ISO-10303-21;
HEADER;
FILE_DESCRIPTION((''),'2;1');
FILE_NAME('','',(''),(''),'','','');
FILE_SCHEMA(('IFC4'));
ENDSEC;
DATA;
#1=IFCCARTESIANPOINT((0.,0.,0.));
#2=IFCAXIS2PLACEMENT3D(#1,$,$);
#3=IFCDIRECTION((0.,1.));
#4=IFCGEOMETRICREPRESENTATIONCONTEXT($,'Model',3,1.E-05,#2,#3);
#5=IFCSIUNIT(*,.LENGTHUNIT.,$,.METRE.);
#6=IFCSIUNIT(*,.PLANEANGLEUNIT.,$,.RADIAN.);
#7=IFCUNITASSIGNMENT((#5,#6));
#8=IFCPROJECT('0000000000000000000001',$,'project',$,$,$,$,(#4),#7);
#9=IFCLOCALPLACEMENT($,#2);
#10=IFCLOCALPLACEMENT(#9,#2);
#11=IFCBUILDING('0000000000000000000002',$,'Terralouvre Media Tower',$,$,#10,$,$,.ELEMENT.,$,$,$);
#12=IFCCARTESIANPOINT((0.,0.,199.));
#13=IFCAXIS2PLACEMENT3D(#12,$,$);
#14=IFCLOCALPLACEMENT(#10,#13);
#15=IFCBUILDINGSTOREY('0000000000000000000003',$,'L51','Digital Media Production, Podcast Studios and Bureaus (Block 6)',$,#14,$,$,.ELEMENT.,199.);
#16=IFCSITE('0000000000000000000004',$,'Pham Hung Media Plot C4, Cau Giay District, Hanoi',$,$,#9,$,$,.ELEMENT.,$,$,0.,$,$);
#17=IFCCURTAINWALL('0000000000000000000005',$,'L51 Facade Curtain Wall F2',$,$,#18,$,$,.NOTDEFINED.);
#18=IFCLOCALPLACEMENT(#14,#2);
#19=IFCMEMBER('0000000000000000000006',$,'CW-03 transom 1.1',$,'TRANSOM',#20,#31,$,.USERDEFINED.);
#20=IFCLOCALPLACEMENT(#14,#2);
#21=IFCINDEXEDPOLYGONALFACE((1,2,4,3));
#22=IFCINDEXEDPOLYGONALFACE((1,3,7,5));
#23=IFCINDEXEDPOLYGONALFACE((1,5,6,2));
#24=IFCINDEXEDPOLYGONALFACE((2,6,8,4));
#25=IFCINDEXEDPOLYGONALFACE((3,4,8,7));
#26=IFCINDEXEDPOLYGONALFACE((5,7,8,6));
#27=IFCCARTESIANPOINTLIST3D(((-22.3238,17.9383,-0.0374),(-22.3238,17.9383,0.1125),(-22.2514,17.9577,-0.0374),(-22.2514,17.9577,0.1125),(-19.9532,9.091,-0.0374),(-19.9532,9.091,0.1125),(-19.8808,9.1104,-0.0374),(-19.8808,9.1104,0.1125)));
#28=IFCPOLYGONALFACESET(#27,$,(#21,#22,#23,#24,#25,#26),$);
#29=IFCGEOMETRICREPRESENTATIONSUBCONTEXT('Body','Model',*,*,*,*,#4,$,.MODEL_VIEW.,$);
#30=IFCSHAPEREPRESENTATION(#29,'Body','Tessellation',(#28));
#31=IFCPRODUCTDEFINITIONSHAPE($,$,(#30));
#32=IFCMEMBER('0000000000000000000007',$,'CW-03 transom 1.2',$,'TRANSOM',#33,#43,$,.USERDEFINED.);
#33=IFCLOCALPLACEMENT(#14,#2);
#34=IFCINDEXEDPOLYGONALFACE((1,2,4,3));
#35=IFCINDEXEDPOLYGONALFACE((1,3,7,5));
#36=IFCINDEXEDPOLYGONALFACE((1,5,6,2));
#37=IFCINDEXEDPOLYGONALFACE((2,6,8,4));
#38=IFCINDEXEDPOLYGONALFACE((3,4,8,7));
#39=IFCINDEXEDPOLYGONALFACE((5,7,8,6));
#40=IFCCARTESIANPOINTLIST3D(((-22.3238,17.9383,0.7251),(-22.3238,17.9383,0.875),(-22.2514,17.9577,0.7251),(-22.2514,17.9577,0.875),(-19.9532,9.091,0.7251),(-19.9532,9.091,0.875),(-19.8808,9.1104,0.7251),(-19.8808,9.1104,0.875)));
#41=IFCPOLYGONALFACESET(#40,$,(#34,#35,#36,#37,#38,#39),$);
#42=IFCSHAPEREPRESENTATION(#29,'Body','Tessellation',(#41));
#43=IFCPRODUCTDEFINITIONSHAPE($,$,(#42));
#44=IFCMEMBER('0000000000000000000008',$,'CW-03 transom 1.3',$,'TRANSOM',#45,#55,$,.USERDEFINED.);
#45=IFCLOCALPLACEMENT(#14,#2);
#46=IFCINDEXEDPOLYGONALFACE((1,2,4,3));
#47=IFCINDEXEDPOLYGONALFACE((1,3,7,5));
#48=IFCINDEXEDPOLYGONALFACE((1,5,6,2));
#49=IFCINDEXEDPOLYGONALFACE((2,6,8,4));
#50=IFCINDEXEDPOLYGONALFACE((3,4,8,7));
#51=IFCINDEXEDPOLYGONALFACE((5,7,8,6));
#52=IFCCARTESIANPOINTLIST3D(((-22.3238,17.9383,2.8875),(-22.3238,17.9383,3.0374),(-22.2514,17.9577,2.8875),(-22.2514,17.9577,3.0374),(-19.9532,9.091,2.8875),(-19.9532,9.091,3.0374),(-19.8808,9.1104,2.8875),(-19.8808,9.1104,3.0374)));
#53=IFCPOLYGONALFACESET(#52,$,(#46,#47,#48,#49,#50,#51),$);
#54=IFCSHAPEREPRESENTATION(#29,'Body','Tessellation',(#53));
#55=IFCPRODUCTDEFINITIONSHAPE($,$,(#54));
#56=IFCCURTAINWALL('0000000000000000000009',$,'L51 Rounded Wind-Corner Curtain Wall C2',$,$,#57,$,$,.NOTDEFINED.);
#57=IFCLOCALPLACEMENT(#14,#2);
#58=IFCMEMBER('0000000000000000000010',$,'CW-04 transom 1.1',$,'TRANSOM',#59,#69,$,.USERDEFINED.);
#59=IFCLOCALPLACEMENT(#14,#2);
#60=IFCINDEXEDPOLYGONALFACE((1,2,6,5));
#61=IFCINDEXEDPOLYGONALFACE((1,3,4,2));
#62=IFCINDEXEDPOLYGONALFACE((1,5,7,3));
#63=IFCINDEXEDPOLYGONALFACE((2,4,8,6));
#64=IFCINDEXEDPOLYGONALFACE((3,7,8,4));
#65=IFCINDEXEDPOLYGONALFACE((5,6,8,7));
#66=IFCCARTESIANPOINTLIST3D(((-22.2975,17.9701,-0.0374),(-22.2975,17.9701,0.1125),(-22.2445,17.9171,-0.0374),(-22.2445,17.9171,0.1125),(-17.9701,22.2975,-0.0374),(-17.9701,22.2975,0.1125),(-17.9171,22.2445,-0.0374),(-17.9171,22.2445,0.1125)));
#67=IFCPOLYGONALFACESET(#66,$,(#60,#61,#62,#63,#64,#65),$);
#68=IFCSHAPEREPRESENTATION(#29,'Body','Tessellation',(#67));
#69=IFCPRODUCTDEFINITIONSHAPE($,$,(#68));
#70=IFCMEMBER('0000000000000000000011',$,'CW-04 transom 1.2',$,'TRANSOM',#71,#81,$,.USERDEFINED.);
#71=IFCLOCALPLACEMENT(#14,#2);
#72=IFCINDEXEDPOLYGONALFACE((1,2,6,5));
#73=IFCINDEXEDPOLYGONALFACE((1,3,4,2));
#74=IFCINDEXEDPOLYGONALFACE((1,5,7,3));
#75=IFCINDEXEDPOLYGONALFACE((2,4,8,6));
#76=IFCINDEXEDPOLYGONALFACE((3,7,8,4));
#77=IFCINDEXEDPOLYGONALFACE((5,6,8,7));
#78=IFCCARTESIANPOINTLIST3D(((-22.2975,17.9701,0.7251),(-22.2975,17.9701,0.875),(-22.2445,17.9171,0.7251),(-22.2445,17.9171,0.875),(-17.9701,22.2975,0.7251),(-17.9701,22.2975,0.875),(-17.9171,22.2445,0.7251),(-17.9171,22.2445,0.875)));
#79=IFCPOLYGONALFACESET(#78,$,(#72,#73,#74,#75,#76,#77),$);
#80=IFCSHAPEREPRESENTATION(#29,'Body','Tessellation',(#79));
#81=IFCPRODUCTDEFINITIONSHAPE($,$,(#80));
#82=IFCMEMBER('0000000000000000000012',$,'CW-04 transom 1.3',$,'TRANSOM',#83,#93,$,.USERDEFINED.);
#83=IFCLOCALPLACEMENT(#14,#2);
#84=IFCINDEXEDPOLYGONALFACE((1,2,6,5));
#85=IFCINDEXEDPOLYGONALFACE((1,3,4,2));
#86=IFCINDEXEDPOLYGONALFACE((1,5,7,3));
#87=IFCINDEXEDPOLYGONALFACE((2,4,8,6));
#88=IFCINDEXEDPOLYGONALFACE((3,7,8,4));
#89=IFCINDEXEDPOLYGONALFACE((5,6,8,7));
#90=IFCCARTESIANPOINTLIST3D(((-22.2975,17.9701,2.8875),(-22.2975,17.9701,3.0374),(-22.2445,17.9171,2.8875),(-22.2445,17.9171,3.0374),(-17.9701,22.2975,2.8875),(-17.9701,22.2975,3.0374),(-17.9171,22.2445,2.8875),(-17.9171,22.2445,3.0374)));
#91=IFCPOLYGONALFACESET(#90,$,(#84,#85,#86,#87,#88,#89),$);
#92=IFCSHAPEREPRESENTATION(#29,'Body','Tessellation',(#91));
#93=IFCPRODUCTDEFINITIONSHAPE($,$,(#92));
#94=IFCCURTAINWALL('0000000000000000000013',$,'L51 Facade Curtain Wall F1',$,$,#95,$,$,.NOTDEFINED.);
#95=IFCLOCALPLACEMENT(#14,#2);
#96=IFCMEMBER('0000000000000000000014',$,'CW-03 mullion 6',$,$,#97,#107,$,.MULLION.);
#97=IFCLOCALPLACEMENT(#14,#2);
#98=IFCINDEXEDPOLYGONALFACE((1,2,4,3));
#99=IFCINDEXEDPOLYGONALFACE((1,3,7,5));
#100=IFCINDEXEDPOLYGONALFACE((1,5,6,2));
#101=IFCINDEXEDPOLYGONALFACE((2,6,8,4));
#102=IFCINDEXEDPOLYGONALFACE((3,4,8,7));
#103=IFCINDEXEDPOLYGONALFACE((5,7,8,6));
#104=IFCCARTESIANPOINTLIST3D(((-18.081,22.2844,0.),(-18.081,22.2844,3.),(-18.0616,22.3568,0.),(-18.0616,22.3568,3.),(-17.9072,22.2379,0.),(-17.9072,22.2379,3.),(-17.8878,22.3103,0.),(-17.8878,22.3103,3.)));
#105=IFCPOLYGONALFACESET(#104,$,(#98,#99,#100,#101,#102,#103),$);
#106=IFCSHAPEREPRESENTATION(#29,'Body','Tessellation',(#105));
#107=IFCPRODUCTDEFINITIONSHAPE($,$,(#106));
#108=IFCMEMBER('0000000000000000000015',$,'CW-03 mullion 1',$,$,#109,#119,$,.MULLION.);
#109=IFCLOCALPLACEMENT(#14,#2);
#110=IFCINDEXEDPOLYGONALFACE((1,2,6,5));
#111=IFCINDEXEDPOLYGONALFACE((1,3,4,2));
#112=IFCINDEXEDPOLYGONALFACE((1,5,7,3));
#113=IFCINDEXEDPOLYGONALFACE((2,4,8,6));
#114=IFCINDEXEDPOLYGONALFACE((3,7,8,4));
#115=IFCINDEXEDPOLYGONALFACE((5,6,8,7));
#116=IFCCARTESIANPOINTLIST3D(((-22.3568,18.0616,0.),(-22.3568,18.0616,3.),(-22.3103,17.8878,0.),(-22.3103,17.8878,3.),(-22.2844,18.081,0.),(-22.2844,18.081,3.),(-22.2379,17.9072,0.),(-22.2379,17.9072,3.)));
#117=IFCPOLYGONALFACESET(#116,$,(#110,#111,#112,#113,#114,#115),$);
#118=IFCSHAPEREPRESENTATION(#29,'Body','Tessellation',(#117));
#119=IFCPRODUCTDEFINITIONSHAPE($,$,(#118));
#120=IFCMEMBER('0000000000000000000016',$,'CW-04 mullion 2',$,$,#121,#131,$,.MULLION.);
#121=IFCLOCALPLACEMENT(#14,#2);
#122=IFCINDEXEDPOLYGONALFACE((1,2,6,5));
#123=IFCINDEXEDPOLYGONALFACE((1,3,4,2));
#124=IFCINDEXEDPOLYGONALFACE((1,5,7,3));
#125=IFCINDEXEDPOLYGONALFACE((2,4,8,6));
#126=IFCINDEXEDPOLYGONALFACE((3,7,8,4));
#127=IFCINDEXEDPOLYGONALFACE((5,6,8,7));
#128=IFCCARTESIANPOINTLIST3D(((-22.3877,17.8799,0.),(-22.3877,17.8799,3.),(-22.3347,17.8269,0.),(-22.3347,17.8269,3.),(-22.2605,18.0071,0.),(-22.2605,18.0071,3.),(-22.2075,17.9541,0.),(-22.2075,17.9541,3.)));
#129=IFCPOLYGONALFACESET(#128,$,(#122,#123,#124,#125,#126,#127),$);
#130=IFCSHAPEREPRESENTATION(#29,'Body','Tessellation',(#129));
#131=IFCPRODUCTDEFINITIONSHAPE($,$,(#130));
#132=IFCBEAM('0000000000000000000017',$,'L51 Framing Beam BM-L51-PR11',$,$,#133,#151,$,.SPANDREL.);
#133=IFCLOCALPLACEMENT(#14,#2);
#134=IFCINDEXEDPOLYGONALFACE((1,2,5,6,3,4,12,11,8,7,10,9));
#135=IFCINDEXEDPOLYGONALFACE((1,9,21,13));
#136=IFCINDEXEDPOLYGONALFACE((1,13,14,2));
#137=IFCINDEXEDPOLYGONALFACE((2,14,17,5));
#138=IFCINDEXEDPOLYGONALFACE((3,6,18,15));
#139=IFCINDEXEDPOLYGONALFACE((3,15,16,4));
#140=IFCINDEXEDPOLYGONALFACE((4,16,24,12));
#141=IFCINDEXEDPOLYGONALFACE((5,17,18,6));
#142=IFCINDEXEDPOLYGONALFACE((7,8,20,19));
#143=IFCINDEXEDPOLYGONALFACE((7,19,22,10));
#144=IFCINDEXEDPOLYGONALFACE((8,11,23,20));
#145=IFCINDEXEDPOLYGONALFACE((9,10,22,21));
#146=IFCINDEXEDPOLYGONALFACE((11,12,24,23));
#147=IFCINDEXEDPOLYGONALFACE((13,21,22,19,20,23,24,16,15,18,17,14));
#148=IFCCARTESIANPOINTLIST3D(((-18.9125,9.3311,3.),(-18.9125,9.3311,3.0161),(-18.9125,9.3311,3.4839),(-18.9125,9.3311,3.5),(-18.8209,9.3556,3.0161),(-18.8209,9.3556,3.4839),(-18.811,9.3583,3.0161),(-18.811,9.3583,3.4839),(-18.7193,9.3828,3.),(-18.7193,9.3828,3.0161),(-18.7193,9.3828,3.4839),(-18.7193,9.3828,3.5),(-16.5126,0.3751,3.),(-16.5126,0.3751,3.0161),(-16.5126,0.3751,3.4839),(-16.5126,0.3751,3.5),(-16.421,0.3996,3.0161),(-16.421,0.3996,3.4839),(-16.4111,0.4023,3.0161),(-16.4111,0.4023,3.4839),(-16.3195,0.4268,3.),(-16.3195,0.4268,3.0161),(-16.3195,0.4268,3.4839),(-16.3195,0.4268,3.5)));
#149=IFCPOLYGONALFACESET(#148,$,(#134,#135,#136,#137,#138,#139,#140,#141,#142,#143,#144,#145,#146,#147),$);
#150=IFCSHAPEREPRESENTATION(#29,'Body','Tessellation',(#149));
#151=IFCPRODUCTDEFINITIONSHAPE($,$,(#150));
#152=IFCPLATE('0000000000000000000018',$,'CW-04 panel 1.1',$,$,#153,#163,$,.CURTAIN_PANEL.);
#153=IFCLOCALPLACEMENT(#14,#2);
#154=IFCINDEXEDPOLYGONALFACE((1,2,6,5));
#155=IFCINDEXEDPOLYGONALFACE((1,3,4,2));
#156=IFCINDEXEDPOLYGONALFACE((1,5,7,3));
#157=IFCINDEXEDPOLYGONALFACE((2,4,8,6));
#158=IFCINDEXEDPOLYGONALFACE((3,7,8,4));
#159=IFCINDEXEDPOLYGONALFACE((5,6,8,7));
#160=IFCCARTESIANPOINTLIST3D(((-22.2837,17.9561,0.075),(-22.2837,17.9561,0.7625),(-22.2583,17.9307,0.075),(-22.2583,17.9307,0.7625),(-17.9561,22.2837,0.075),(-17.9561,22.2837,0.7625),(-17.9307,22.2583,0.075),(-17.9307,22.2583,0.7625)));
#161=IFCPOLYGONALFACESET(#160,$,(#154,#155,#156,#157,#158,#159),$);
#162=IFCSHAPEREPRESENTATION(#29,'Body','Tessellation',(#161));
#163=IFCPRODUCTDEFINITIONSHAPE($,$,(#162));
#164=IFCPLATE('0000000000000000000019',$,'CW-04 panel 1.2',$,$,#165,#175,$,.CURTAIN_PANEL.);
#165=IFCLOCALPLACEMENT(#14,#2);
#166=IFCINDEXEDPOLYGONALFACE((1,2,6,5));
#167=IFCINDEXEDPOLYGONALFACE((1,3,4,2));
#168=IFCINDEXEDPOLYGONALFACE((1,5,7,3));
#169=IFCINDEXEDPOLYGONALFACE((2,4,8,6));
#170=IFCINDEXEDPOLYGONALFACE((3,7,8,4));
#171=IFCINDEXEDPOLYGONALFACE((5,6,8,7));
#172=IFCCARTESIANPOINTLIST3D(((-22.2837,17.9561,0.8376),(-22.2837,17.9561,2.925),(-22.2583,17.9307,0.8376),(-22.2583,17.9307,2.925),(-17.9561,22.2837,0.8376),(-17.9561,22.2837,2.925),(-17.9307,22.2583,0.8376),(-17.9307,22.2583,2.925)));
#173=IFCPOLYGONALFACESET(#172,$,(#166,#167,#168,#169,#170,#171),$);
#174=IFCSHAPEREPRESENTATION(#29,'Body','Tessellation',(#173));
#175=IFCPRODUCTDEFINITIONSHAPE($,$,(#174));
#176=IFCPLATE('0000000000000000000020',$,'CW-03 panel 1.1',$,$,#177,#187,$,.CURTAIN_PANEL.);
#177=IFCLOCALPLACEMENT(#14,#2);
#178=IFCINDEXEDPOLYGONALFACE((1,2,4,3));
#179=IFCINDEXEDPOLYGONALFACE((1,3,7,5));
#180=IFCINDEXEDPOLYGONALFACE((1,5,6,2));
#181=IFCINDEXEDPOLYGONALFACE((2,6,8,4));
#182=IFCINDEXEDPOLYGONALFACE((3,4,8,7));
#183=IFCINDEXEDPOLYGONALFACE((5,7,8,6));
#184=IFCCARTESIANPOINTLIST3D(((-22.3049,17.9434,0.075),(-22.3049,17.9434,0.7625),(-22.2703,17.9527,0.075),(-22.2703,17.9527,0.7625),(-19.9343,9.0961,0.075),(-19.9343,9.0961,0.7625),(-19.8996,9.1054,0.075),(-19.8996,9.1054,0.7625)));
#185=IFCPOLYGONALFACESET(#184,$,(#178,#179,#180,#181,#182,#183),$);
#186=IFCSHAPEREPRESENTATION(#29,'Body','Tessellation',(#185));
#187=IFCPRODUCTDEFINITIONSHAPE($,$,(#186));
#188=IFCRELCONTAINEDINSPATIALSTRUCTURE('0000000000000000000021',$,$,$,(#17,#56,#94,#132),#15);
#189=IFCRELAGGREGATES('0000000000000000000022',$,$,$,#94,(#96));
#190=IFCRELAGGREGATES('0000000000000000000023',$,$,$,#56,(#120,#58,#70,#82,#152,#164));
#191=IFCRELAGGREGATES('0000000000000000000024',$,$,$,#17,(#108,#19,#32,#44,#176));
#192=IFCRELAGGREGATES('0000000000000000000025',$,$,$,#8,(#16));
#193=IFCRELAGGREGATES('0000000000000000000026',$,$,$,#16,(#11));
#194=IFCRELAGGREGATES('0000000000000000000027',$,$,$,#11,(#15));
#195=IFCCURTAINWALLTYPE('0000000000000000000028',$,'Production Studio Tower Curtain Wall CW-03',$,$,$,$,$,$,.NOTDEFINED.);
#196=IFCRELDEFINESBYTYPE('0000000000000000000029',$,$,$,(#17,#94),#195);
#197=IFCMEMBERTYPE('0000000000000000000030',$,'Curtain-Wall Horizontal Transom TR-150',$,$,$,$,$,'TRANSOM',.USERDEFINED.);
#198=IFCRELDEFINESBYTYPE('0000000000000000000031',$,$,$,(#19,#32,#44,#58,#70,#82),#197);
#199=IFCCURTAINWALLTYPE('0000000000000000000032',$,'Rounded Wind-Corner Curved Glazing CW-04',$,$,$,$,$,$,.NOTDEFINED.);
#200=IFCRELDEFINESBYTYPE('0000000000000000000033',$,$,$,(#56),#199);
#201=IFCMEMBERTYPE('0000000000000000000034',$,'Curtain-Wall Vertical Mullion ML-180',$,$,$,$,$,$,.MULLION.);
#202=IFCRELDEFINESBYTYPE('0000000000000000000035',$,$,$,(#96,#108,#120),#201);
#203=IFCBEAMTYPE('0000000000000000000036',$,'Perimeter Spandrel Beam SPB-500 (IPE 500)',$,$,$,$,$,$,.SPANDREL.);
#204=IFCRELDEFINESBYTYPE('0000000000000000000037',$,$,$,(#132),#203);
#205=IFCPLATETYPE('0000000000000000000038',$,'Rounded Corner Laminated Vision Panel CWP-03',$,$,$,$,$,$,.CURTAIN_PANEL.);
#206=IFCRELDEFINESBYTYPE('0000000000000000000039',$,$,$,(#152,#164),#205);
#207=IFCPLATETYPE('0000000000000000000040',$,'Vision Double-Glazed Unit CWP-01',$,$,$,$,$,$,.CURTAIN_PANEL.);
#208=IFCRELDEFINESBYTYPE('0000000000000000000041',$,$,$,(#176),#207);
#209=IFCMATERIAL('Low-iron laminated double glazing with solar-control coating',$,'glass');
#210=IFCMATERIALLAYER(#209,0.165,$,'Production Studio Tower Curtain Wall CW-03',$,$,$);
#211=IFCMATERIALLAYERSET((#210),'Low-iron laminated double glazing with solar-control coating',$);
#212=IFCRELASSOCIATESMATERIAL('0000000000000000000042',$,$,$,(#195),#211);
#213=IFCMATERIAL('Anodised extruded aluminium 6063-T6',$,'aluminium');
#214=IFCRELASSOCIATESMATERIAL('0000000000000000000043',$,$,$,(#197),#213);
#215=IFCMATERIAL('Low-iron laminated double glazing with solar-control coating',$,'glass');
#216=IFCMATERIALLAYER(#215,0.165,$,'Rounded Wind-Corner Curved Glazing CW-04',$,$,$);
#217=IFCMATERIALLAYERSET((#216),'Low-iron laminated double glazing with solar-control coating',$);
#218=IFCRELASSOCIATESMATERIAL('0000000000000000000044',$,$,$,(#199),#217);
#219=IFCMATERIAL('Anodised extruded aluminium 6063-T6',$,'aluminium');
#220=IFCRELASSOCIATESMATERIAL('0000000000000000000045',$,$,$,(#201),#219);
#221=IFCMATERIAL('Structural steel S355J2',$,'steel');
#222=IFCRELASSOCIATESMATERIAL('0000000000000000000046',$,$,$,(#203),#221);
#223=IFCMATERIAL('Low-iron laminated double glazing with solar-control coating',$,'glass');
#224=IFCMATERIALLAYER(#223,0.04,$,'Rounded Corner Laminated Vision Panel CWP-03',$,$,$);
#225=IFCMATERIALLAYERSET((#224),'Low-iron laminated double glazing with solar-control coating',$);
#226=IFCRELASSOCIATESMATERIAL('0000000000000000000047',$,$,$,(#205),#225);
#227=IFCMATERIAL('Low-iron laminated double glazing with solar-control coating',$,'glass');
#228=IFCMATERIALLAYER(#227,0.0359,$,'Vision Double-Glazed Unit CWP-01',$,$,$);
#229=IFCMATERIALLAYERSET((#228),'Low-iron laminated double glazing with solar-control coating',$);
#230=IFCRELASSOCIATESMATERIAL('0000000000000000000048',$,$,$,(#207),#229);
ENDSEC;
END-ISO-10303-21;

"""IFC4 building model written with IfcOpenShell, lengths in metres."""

from ifc_helpers import new_model, si_unit, direction, frame, origin, origin_2d, place, context, subcontext, project, spatial, rectangle, i_section, extrude, material, layer, layer_set, material_profile, profile_set, type_object, element, aggregate, save


model = new_model("IFC4")

# Units and contexts
model_context = context("Model", 3, precision=1e-05, world=origin(), true_north=direction((0.0, 1.0)))
body_context = subcontext(model_context, "Body", "Model", "MODEL_VIEW")
ifc_project = project(units=[si_unit("LENGTHUNIT", "METRE"), si_unit("PLANEANGLEUNIT", "RADIAN")], contexts=[model_context])

# Site, building, storey
site_placement = place(None, origin())
site = spatial("IfcSite", under=ifc_project, at=site_placement, Name="Pham Hung Media Plot C4, Cau Giay District, Hanoi", CompositionType="ELEMENT", RefElevation=0.0)
building_placement = place(site_placement, origin())
building = spatial("IfcBuilding", under=site, at=building_placement, Name="Terralouvre Media Tower", CompositionType="ELEMENT")
storey_placement = place(building_placement, frame((0.0, 0.0, 199.0)))
storey = spatial("IfcBuildingStorey", under=building, at=storey_placement, Name="L51", Description="Digital Media Production, Podcast Studios and Bureaus (Block 6)", CompositionType="ELEMENT", Elevation=199.0)

# Curtain walls, members
ifc_material_1 = material(Name="Low-iron laminated double glazing with solar-control coating", Category="glass")
ifc_layer_1 = layer(ifc_material_1, 0.165, Name="Production Studio Tower Curtain Wall CW-03")
ifc_layer_set_1 = layer_set([ifc_layer_1], Name="Low-iron laminated double glazing with solar-control coating")
curtain_wall_type_1 = type_object("IfcCurtainWallType", Name="Production Studio Tower Curtain Wall CW-03", PredefinedType="NOTDEFINED", material=ifc_layer_set_1)
curtain_wall_1_placement = place(storey_placement, origin())
curtain_wall_1 = element("IfcCurtainWall", 1, at=curtain_wall_1_placement, inside=storey, type_object=curtain_wall_type_1, Name="L51 Facade Curtain Wall F2", PredefinedType="NOTDEFINED")
ifc_material_2 = material(Name="Anodised extruded aluminium 6063-T6", Category="aluminium")
ifc_material_profile_1 = material_profile(ifc_material_2, rectangle(XDim=0.075, YDim=0.1499, at=origin_2d()), Name="ALU 75x150")
ifc_profile_set_1 = profile_set([ifc_material_profile_1], Name="Anodised extruded aluminium 6063-T6")
member_type_1 = type_object("IfcMemberType", Name="Curtain-Wall Horizontal Transom TR-150", ElementType="TRANSOM", PredefinedType="USERDEFINED", material=ifc_profile_set_1)
member_1_placement = place(storey_placement, frame((-22.2876, 17.948, 0.0376), z_axis=(0.258814, -0.965927, 0.0), x_axis=(0.965927, 0.258814, 0.0)))
member_1 = element("IfcMember", 2, at=member_1_placement, type_object=member_type_1, Name="CW-03 transom 1.1", ObjectType="TRANSOM", PredefinedType="USERDEFINED", context=body_context, shape_type="SweptSolid", body=[
    extrude(rectangle(XDim=0.075, YDim=0.1499, at=origin_2d()), origin(), (0.0, 0.0, 1.0), 9.1594),
])
member_2_placement = place(storey_placement, frame((-22.2876, 17.948, 0.8), z_axis=(0.258814, -0.965927, 0.0), x_axis=(0.965927, 0.258814, 0.0)))
member_2 = element("IfcMember", 3, at=member_2_placement, type_object=member_type_1, Name="CW-03 transom 1.2", ObjectType="TRANSOM", PredefinedType="USERDEFINED", context=body_context, shape_type="SweptSolid", body=[
    extrude(rectangle(XDim=0.075, YDim=0.1499, at=origin_2d()), origin(), (0.0, 0.0, 1.0), 9.1594),
])
member_3_placement = place(storey_placement, frame((-22.2876, 17.948, 2.9624), z_axis=(0.258814, -0.965927, 0.0), x_axis=(0.965927, 0.258814, 0.0)))
member_3 = element("IfcMember", 4, at=member_3_placement, type_object=member_type_1, Name="CW-03 transom 1.3", ObjectType="TRANSOM", PredefinedType="USERDEFINED", context=body_context, shape_type="SweptSolid", body=[
    extrude(rectangle(XDim=0.075, YDim=0.1499, at=origin_2d()), origin(), (0.0, 0.0, 1.0), 9.1594),
])
ifc_material_3 = material(Name="Low-iron laminated double glazing with solar-control coating", Category="glass")
ifc_layer_2 = layer(ifc_material_3, 0.165, Name="Rounded Wind-Corner Curved Glazing CW-04")
ifc_layer_set_2 = layer_set([ifc_layer_2], Name="Low-iron laminated double glazing with solar-control coating")
curtain_wall_type_2 = type_object("IfcCurtainWallType", Name="Rounded Wind-Corner Curved Glazing CW-04", PredefinedType="NOTDEFINED", material=ifc_layer_set_2)
curtain_wall_2_placement = place(storey_placement, origin())
curtain_wall_2 = element("IfcCurtainWall", 5, at=curtain_wall_2_placement, inside=storey, type_object=curtain_wall_type_2, Name="L51 Rounded Wind-Corner Curtain Wall C2", PredefinedType="NOTDEFINED")
member_4_placement = place(storey_placement, frame((-17.9436, 22.271, 0.0376), z_axis=(-0.707107, -0.707107, 0.0), x_axis=(0.707107, -0.707107, 0.0)))
member_4 = element("IfcMember", 6, at=member_4_placement, type_object=member_type_1, Name="CW-04 transom 1.1", ObjectType="TRANSOM", PredefinedType="USERDEFINED", context=body_context, shape_type="SweptSolid", body=[
    extrude(rectangle(XDim=0.075, YDim=0.1499, at=origin_2d()), origin(), (0.0, 0.0, 1.0), 6.1199),
])
member_5_placement = place(storey_placement, frame((-17.9436, 22.271, 0.8), z_axis=(-0.707107, -0.707107, 0.0), x_axis=(0.707107, -0.707107, 0.0)))
member_5 = element("IfcMember", 7, at=member_5_placement, type_object=member_type_1, Name="CW-04 transom 1.2", ObjectType="TRANSOM", PredefinedType="USERDEFINED", context=body_context, shape_type="SweptSolid", body=[
    extrude(rectangle(XDim=0.075, YDim=0.1499, at=origin_2d()), origin(), (0.0, 0.0, 1.0), 6.1199),
])
member_6_placement = place(storey_placement, frame((-17.9436, 22.271, 2.9624), z_axis=(-0.707107, -0.707107, 0.0), x_axis=(0.707107, -0.707107, 0.0)))
member_6 = element("IfcMember", 8, at=member_6_placement, type_object=member_type_1, Name="CW-04 transom 1.3", ObjectType="TRANSOM", PredefinedType="USERDEFINED", context=body_context, shape_type="SweptSolid", body=[
    extrude(rectangle(XDim=0.075, YDim=0.1499, at=origin_2d()), origin(), (0.0, 0.0, 1.0), 6.1199),
])

# Curtain wall, member
curtain_wall_3_placement = place(storey_placement, origin())
curtain_wall_3 = element("IfcCurtainWall", 9, at=curtain_wall_3_placement, inside=storey, type_object=curtain_wall_type_1, Name="L51 Facade Curtain Wall F1", PredefinedType="NOTDEFINED")
ifc_material_4 = material(Name="Anodised extruded aluminium 6063-T6", Category="aluminium")
ifc_material_profile_2 = material_profile(ifc_material_4, rectangle(XDim=0.075, YDim=0.1799, at=origin_2d()), Name="ALU 75x180")
ifc_profile_set_2 = profile_set([ifc_material_profile_2], Name="Anodised extruded aluminium 6063-T6")
member_type_2 = type_object("IfcMemberType", Name="Curtain-Wall Vertical Mullion ML-180", PredefinedType="MULLION", material=ifc_profile_set_2)
member_7_placement = place(storey_placement, frame((-17.9844, 22.2974, 0.0), z_axis=(0.0, 0.0, 1.0), x_axis=(-0.258819, -0.965926, 0.0)))
member_7 = element("IfcMember", 10, at=member_7_placement, type_object=member_type_2, Name="CW-03 mullion 6", PredefinedType="MULLION", context=body_context, shape_type="SweptSolid", body=[
    extrude(rectangle(XDim=0.075, YDim=0.1799, at=origin_2d()), origin(), (0.0, 0.0, 1.0), 3.0),
])
aggregate(curtain_wall_3, [member_7])

# Members
member_8_placement = place(storey_placement, frame((-22.2974, 17.9844, 0.0), z_axis=(0.0, 0.0, 1.0), x_axis=(0.965926, 0.258819, 0.0)))
member_8 = element("IfcMember", 11, at=member_8_placement, type_object=member_type_2, Name="CW-03 mullion 1", PredefinedType="MULLION", context=body_context, shape_type="SweptSolid", body=[
    extrude(rectangle(XDim=0.075, YDim=0.1799, at=origin_2d()), origin(), (0.0, 0.0, 1.0), 3.0),
])
member_9_placement = place(storey_placement, frame((-22.2976, 17.917, 0.0), z_axis=(0.0, 0.0, 1.0), x_axis=(0.707107, -0.707107, 0.0)))
member_9 = element("IfcMember", 12, at=member_9_placement, type_object=member_type_2, Name="CW-04 mullion 2", PredefinedType="MULLION", context=body_context, shape_type="SweptSolid", body=[
    extrude(rectangle(XDim=0.075, YDim=0.1799, at=origin_2d()), origin(), (0.0, 0.0, 1.0), 3.0),
])

# Beam
ifc_material_5 = material(Name="Structural steel S355J2", Category="steel")
ifc_material_profile_3 = material_profile(ifc_material_5, i_section(OverallWidth=0.2, OverallDepth=0.5, WebThickness=0.0103, FlangeThickness=0.0161, at=origin_2d()), Name="IPE 500")
ifc_profile_set_3 = profile_set([ifc_material_profile_3], Name="Structural steel S355J2")
beam_type = type_object("IfcBeamType", Name="Perimeter Spandrel Beam SPB-500 (IPE 500)", PredefinedType="SPANDREL", material=ifc_profile_set_3)
beam_placement = place(storey_placement, frame((-18.8159, 9.3569, 3.25), z_axis=(0.258833, -0.965922, 0.0), x_axis=(0.965922, 0.258833, 0.0)))
element("IfcBeam", 13, at=beam_placement, inside=storey, type_object=beam_type, Name="L51 Framing Beam BM-L51-PR11", PredefinedType="SPANDREL", context=body_context, shape_type="SweptSolid", body=[
    extrude(i_section(OverallWidth=0.2, OverallDepth=0.5, WebThickness=0.0103, FlangeThickness=0.0161, at=origin_2d()), origin(), (0.0, 0.0, 1.0), 9.272),
])

# Plates
ifc_material_6 = material(Name="Low-iron laminated double glazing with solar-control coating", Category="glass")
ifc_layer_3 = layer(ifc_material_6, 0.04, Name="Rounded Corner Laminated Vision Panel CWP-03")
ifc_layer_set_3 = layer_set([ifc_layer_3], Name="Low-iron laminated double glazing with solar-control coating")
plate_type_1 = type_object("IfcPlateType", Name="Rounded Corner Laminated Vision Panel CWP-03", PredefinedType="CURTAIN_PANEL", material=ifc_layer_set_3)
plate_1_placement = place(storey_placement, frame((-20.1072, 20.1072, 0.075), z_axis=(0.0, 0.0, 1.0), x_axis=(-0.707107, -0.707107, 0.0)))
plate_1 = element("IfcPlate", 14, at=plate_1_placement, type_object=plate_type_1, Name="CW-04 panel 1.1", PredefinedType="CURTAIN_PANEL", context=body_context, shape_type="SweptSolid", body=[
    extrude(rectangle(XDim=6.1201, YDim=0.0359, at=origin_2d()), origin(), (0.0, 0.0, 1.0), 0.6875),
])
plate_2_placement = place(storey_placement, frame((-20.1072, 20.1072, 0.8376), z_axis=(0.0, 0.0, 1.0), x_axis=(-0.707107, -0.707107, 0.0)))
plate_2 = element("IfcPlate", 15, at=plate_2_placement, type_object=plate_type_1, Name="CW-04 panel 1.2", PredefinedType="CURTAIN_PANEL", context=body_context, shape_type="SweptSolid", body=[
    extrude(rectangle(XDim=6.1201, YDim=0.0359, at=origin_2d()), origin(), (0.0, 0.0, 1.0), 2.0874),
])
aggregate(curtain_wall_2, [member_9, member_4, member_5, member_6, plate_1, plate_2])
ifc_material_7 = material(Name="Low-iron laminated double glazing with solar-control coating", Category="glass")
ifc_layer_4 = layer(ifc_material_7, 0.0359, Name="Vision Double-Glazed Unit CWP-01")
ifc_layer_set_4 = layer_set([ifc_layer_4], Name="Low-iron laminated double glazing with solar-control coating")
plate_type_2 = type_object("IfcPlateType", Name="Vision Double-Glazed Unit CWP-01", PredefinedType="CURTAIN_PANEL", material=ifc_layer_set_4)
plate_3_placement = place(storey_placement, frame((-21.1023, 13.5244, 0.075), z_axis=(0.0, 0.0, 1.0), x_axis=(0.258819, -0.965926, 0.0)))
plate_3 = element("IfcPlate", 16, at=plate_3_placement, type_object=plate_type_2, Name="CW-03 panel 1.1", PredefinedType="CURTAIN_PANEL", context=body_context, shape_type="SweptSolid", body=[
    extrude(rectangle(XDim=9.1594, YDim=0.0359, at=origin_2d()), origin(), (0.0, 0.0, 1.0), 0.6875),
])
aggregate(curtain_wall_1, [member_8, member_1, member_2, member_3, plate_3])

save(model, "model.ifc")
